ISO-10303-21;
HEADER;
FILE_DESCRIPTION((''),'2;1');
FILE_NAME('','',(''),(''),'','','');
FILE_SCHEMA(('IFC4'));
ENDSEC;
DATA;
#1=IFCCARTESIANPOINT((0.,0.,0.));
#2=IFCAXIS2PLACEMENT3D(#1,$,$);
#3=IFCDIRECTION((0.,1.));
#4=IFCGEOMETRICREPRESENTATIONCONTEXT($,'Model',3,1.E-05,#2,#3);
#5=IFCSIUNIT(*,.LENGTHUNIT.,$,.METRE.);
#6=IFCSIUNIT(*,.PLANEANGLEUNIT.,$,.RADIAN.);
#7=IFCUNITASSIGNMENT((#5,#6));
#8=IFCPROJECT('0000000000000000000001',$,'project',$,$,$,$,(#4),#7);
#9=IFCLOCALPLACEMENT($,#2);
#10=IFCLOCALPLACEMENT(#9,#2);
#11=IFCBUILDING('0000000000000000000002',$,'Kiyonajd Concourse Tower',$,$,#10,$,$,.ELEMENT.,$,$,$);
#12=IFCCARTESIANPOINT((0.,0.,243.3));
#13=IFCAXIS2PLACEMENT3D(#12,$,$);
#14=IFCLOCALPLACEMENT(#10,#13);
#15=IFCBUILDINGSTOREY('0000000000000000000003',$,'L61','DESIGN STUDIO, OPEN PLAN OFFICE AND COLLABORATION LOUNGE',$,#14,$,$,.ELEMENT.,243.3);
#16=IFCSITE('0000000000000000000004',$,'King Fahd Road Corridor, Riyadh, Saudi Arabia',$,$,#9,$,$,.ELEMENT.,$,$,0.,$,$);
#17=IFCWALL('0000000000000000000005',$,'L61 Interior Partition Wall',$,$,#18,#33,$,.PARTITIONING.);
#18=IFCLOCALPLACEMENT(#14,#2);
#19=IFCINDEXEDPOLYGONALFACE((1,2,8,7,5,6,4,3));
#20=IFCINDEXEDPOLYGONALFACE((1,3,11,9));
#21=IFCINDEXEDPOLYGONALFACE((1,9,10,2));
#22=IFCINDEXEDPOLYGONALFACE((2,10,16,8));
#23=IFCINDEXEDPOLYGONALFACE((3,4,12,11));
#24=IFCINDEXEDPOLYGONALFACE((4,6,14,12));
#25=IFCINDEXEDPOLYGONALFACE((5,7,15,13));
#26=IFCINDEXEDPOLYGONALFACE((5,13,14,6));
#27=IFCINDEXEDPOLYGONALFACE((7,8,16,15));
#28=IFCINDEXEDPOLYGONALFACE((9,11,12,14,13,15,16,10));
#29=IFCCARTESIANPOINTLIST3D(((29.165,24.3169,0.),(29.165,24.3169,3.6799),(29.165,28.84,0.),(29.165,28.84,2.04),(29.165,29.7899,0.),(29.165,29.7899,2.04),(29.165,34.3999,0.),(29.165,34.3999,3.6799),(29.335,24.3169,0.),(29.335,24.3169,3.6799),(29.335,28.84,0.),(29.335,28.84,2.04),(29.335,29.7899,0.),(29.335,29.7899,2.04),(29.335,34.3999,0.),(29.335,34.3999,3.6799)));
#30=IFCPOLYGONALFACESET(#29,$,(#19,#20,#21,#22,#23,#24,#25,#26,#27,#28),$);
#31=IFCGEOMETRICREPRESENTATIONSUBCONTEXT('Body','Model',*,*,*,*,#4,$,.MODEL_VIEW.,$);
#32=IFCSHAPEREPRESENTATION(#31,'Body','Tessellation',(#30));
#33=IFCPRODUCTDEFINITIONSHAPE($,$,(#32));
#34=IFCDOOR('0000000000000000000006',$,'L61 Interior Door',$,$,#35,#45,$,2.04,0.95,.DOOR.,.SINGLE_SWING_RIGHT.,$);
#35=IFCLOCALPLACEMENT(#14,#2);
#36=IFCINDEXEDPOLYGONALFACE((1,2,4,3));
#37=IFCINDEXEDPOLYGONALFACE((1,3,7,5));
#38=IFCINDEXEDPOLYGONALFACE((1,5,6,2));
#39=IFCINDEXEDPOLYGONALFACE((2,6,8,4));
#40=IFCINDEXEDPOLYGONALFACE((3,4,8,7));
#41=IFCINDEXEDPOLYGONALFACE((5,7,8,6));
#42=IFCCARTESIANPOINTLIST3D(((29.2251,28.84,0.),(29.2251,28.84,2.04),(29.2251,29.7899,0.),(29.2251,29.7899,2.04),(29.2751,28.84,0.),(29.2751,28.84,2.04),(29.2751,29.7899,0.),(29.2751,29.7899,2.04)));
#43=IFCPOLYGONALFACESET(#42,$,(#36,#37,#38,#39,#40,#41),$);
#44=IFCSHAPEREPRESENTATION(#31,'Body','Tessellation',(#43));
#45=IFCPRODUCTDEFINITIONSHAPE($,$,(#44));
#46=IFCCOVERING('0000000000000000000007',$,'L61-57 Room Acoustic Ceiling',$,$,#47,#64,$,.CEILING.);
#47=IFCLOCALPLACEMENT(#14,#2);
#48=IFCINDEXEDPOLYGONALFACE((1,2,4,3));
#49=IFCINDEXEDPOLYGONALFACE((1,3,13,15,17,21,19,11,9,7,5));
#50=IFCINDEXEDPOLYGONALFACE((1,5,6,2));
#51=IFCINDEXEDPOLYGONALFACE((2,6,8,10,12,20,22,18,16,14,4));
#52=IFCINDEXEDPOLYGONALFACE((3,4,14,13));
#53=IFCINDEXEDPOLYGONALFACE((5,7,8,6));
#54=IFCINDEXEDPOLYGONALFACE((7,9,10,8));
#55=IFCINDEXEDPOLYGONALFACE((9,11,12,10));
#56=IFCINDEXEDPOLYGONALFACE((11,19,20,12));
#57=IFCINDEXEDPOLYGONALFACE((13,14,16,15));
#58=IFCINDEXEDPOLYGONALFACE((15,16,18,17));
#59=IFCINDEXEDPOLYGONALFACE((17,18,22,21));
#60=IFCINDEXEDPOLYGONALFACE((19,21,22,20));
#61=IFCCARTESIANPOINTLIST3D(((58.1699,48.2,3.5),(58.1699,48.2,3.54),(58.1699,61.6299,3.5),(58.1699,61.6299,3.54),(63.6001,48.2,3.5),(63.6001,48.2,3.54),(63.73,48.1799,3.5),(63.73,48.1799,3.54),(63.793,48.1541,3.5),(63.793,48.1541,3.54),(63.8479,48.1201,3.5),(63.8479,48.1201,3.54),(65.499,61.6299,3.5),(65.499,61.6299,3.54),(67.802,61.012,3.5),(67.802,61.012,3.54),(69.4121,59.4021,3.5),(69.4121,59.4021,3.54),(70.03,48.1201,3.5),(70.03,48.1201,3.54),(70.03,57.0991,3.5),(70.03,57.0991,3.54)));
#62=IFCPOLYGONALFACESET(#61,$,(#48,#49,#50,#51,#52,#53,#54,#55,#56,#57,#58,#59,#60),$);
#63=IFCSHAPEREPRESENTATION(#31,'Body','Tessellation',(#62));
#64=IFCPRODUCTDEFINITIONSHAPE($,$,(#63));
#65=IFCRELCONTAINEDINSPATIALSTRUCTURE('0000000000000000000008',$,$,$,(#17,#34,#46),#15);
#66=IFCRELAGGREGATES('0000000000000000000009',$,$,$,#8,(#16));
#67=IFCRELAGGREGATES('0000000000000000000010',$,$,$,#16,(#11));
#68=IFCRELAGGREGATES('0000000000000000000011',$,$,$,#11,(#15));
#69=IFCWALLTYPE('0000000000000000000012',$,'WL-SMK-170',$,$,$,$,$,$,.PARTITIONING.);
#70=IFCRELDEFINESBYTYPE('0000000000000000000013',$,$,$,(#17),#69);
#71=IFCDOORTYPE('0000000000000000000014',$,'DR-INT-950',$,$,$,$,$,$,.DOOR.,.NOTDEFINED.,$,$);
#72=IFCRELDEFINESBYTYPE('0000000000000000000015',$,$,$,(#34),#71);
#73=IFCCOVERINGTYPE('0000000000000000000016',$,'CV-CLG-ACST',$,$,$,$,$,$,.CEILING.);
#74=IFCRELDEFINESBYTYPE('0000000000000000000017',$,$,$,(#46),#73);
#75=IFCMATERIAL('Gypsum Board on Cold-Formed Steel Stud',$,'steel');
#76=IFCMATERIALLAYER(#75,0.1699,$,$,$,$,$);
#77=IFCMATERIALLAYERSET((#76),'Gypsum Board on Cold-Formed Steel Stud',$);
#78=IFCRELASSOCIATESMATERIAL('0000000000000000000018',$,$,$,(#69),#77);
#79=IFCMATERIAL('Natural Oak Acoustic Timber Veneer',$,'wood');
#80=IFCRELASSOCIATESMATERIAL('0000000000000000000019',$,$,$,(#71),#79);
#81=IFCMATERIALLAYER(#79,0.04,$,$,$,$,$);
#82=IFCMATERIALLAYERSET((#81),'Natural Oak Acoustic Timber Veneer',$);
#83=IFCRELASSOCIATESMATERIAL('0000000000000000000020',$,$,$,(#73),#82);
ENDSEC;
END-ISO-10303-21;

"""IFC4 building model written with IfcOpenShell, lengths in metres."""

from ifc_helpers import new_model, si_unit, direction, frame, frame_2d, origin, place, context, subcontext, project, spatial, polyline, rectangle, outline, extrude, material, layer, layer_set, type_object, element, fill, save


model = new_model("IFC4")

# Units and contexts
model_context = context("Model", 3, precision=1e-05, world=origin(), true_north=direction((0.0, 1.0)))
body_context = subcontext(model_context, "Body", "Model", "MODEL_VIEW")
ifc_project = project(units=[si_unit("LENGTHUNIT", "METRE"), si_unit("PLANEANGLEUNIT", "RADIAN")], contexts=[model_context])

# Site, building, storey
site_placement = place(None, origin())
site = spatial("IfcSite", under=ifc_project, at=site_placement, Name="King Fahd Road Corridor, Riyadh, Saudi Arabia", CompositionType="ELEMENT", RefElevation=0.0)
building_placement = place(site_placement, origin())
building = spatial("IfcBuilding", under=site, at=building_placement, Name="Kiyonajd Concourse Tower", CompositionType="ELEMENT")
storey_placement = place(building_placement, frame((0.0, 0.0, 243.3)))
storey = spatial("IfcBuildingStorey", under=building, at=storey_placement, Name="L61", Description="DESIGN STUDIO, OPEN PLAN OFFICE AND COLLABORATION LOUNGE", CompositionType="ELEMENT", Elevation=243.3)

# Shared definitions
ifc_material_1 = material(Name="Gypsum Board on Cold-Formed Steel Stud", Category="steel")

# Shared definitions
ifc_layer_1 = layer(ifc_material_1, 0.1699)
ifc_layer_set_1 = layer_set([ifc_layer_1], Name="Gypsum Board on Cold-Formed Steel Stud")
wall_type_1 = type_object("IfcWallType", Name="WL-SMK-170", PredefinedType="PARTITIONING", material=ifc_layer_set_1)
ifc_material_2 = material(Name="Natural Oak Acoustic Timber Veneer", Category="wood")
door_type = type_object("IfcDoorType", Name="DR-INT-950", OperationType="NOTDEFINED", PredefinedType="DOOR", material=ifc_material_2)

# Wall, opening, door
wall_1_placement = place(storey_placement, frame((29.25, 24.3169, 0.0), z_axis=(0.0, 0.0, 1.0), x_axis=(0.0, 1.0, 0.0)))
wall_1 = element("IfcWall", 1, at=wall_1_placement, inside=storey, type_object=wall_type_1, Name="L61 Interior Partition Wall", PredefinedType="PARTITIONING", context=body_context, shape_type="SweptSolid", body=[
    extrude(rectangle(XDim=10.083, YDim=0.1699, at=frame_2d((5.0415, 0.0))), origin(), (0.0, 0.0, 1.0), 3.6799),
])
opening_1_placement = place(wall_1_placement, frame((4.5229, 0.0, 0.0)))
opening_1 = element("IfcOpeningElement", 2, at=opening_1_placement, cuts=wall_1, PredefinedType="OPENING", context=body_context, shape_type="SweptSolid", body=[
    extrude(rectangle(XDim=0.95, YDim=2.04, at=frame_2d((0.4751, 1.02))), frame((0.0, 0.095, 0.0), z_axis=(0.0, -1.0, 0.0), x_axis=(1.0, 0.0, 0.0)), (0.0, 0.0, 1.0), 0.1899),
])
door_1_placement = place(opening_1_placement, origin())
door_1 = element("IfcDoor", 3, at=door_1_placement, inside=storey, type_object=door_type, Name="L61 Interior Door", OperationType="SINGLE_SWING_RIGHT", OverallHeight=2.04, OverallWidth=0.95, PredefinedType="DOOR", context=body_context, shape_type="SweptSolid", body=[
    extrude(rectangle(XDim=0.95, YDim=2.04, at=frame_2d((0.4751, 1.02))), frame((0.0, 0.0249, 0.0), z_axis=(0.0, -1.0, 0.0), x_axis=(1.0, 0.0, 0.0)), (0.0, 0.0, 1.0), 0.05),
])
fill(opening_1, door_1)

# Covering
ifc_layer_2 = layer(ifc_material_2, 0.04)
ifc_layer_set_2 = layer_set([ifc_layer_2], Name="Natural Oak Acoustic Timber Veneer")
covering_type = type_object("IfcCoveringType", Name="CV-CLG-ACST", PredefinedType="CEILING", material=ifc_layer_set_2)
covering_placement = place(storey_placement, frame((0.0, 0.0, 3.5)))
element("IfcCovering", 4, at=covering_placement, inside=storey, type_object=covering_type, Name="L61-57 Room Acoustic Ceiling", PredefinedType="CEILING", context=body_context, shape_type="SweptSolid", body=[
    extrude(outline(polyline([(63.8479, 48.1201), (63.793, 48.1541), (63.73, 48.1799), (63.6001, 48.2), (58.1699, 48.2), (58.1699, 61.6299), (65.499, 61.6299), (67.802, 61.012), (69.4121, 59.4021), (70.03, 57.0991), (70.03, 48.1201), (63.8479, 48.1201)])), origin(), (0.0, 0.0, 1.0), 0.04),
])

save(model, "model.ifc")
